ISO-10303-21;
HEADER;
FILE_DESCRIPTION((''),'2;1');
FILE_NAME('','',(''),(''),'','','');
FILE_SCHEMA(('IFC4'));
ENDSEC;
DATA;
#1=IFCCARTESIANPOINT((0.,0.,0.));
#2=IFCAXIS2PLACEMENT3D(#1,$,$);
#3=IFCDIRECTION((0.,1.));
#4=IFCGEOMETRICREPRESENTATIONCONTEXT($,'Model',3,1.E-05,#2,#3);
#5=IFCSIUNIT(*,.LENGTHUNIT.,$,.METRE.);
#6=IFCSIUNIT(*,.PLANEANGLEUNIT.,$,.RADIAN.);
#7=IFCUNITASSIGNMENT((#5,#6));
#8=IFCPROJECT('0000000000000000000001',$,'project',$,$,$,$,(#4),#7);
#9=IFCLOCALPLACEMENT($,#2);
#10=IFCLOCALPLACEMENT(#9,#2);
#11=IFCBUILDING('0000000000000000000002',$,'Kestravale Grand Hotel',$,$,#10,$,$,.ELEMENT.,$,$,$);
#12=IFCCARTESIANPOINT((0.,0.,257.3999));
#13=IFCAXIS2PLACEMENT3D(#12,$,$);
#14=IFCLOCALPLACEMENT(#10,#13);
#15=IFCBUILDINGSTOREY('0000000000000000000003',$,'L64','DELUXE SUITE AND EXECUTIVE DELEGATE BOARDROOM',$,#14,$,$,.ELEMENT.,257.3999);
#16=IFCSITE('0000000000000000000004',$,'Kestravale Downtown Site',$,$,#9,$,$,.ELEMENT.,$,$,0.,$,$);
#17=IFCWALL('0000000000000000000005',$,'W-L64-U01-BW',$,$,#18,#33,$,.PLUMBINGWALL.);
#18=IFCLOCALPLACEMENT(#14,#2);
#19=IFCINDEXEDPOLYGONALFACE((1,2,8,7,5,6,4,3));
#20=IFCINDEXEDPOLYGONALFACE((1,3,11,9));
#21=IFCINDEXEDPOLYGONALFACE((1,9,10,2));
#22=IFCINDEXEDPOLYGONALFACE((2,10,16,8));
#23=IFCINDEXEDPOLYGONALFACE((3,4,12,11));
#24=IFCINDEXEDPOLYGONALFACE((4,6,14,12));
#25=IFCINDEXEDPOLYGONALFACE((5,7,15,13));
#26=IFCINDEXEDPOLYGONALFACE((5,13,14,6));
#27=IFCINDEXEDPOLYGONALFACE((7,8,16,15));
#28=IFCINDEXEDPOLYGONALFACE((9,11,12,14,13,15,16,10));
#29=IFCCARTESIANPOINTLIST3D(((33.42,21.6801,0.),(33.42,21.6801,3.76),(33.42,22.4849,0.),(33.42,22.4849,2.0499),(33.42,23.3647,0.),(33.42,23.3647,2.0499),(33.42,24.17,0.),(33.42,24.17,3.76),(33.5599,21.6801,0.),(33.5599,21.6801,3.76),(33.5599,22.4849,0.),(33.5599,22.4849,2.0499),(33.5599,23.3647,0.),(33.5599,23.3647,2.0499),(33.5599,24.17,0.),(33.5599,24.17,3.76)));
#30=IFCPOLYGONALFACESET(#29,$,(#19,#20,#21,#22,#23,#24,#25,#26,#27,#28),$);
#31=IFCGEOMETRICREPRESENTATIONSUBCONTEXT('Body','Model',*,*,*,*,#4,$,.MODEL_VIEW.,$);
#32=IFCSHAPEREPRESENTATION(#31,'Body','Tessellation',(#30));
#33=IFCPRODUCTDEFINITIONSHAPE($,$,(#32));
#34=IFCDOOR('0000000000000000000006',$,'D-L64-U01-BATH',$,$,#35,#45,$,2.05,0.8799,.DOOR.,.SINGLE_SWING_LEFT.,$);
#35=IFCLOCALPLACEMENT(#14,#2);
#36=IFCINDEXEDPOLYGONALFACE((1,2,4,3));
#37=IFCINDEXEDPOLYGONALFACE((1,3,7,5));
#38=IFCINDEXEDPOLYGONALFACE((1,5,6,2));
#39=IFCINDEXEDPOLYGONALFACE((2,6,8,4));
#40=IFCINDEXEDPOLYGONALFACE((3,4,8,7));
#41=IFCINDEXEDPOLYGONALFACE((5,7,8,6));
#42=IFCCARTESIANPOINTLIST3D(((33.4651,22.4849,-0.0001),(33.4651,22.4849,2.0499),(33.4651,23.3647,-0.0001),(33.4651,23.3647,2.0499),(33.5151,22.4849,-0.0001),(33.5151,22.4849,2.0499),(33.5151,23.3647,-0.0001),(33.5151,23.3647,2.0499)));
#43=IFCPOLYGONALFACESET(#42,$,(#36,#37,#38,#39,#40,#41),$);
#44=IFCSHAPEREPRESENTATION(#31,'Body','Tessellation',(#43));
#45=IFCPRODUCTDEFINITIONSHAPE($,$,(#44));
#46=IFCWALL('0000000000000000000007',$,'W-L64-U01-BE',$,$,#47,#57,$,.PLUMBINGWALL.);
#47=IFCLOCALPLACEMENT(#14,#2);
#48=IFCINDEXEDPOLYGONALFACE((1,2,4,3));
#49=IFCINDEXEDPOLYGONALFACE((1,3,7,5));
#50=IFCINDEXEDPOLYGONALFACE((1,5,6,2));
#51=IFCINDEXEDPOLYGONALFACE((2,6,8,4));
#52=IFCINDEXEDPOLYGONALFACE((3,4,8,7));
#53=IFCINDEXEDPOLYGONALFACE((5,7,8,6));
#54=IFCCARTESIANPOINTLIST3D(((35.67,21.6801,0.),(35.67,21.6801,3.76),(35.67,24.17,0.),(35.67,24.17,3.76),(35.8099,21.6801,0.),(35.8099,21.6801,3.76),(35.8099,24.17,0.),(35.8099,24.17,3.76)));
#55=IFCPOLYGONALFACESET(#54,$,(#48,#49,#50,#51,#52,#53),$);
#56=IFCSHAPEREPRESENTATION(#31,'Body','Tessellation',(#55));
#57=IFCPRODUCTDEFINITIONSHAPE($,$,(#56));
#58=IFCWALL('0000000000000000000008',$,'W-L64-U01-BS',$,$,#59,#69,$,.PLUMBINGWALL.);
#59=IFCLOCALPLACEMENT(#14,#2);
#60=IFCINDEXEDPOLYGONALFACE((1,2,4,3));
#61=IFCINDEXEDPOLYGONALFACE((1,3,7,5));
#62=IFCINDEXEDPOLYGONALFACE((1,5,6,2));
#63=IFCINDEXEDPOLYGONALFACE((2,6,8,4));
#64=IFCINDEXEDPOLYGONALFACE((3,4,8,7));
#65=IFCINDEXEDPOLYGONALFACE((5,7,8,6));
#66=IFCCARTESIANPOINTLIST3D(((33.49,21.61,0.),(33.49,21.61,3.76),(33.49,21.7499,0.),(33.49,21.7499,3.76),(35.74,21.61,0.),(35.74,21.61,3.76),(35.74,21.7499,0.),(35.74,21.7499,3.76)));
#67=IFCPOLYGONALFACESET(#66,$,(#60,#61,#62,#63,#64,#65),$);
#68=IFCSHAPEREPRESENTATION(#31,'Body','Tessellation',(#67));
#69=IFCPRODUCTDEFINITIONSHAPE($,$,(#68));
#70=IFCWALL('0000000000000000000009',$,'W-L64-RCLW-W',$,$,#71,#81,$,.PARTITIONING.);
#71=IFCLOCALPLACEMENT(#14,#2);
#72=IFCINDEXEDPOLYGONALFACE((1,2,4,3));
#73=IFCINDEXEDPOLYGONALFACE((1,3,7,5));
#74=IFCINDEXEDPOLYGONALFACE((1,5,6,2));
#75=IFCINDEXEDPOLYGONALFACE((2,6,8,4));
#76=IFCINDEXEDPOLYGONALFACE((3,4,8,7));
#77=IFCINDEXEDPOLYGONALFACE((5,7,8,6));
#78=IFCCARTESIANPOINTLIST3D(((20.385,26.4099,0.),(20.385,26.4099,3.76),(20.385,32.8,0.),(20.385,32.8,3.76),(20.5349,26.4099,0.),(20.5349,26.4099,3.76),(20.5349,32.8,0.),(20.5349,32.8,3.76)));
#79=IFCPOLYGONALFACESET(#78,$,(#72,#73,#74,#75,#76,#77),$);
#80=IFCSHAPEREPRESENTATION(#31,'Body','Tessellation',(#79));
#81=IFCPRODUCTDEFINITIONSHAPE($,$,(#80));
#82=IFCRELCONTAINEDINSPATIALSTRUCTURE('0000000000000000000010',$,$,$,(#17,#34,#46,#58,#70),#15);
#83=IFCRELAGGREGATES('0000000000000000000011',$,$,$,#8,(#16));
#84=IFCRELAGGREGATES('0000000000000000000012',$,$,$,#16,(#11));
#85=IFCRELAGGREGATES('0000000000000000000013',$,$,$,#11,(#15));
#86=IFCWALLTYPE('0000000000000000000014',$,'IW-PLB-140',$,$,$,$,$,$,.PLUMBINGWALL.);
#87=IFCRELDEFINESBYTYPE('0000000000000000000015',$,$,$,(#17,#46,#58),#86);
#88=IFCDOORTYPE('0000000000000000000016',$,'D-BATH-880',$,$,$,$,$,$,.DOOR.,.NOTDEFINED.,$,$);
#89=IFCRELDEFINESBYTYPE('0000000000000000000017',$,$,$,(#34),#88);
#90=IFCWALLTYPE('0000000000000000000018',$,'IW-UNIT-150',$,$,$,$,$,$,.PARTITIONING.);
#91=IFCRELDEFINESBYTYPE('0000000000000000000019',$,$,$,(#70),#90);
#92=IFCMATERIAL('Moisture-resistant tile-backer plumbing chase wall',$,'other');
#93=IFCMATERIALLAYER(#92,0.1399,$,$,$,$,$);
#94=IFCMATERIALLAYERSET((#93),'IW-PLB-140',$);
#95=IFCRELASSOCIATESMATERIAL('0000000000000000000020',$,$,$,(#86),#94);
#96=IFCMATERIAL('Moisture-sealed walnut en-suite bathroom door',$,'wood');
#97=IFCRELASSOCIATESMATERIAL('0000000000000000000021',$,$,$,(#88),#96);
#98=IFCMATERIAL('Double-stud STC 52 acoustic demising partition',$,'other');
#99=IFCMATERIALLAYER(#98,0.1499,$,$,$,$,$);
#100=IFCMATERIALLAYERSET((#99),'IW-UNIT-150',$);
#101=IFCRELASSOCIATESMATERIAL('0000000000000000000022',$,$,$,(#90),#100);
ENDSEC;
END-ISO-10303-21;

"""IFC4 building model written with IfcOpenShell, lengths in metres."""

from ifc_helpers import new_model, si_unit, direction, frame, frame_2d, origin, place, context, subcontext, project, spatial, rectangle, extrude, material, layer, layer_set, type_object, element, fill, save


model = new_model("IFC4")

# Units and contexts
model_context = context("Model", 3, precision=1e-05, world=origin(), true_north=direction((0.0, 1.0)))
body_context = subcontext(model_context, "Body", "Model", "MODEL_VIEW")
ifc_project = project(units=[si_unit("LENGTHUNIT", "METRE"), si_unit("PLANEANGLEUNIT", "RADIAN")], contexts=[model_context])

# Site, building, storey
site_placement = place(None, origin())
site = spatial("IfcSite", under=ifc_project, at=site_placement, Name="Kestravale Downtown Site", CompositionType="ELEMENT", RefElevation=0.0)
building_placement = place(site_placement, origin())
building = spatial("IfcBuilding", under=site, at=building_placement, Name="Kestravale Grand Hotel", CompositionType="ELEMENT")
storey_placement = place(building_placement, frame((0.0, 0.0, 257.3999)))
storey = spatial("IfcBuildingStorey", under=building, at=storey_placement, Name="L64", Description="DELUXE SUITE AND EXECUTIVE DELEGATE BOARDROOM", CompositionType="ELEMENT", Elevation=257.3999)

# Wall, opening, door
ifc_material_1 = material(Name="Moisture-resistant tile-backer plumbing chase wall", Category="other")
ifc_layer_1 = layer(ifc_material_1, 0.1399)
ifc_layer_set_1 = layer_set([ifc_layer_1], Name="IW-PLB-140")
wall_type_1 = type_object("IfcWallType", Name="IW-PLB-140", PredefinedType="PLUMBINGWALL", material=ifc_layer_set_1)
wall_1_placement = place(storey_placement, frame((33.49, 21.6799, 0.0), z_axis=(0.0, 0.0, 1.0), x_axis=(0.0, 1.0, 0.0)))
wall_1 = element("IfcWall", 1, at=wall_1_placement, inside=storey, type_object=wall_type_1, Name="W-L64-U01-BW", PredefinedType="PLUMBINGWALL", context=body_context, shape_type="SweptSolid", body=[
    extrude(rectangle(XDim=2.49, YDim=0.1399, at=frame_2d((1.2451, 0.0))), origin(), (0.0, 0.0, 1.0), 3.76),
])
opening_1_placement = place(wall_1_placement, frame((0.8049, 0.0, 0.0)))
opening_1 = element("IfcOpeningElement", 2, at=opening_1_placement, cuts=wall_1, PredefinedType="OPENING", context=body_context, shape_type="SweptSolid", body=[
    extrude(rectangle(XDim=0.8799, YDim=2.05, at=frame_2d((0.4399, 1.0249))), frame((0.0, 0.0798, 0.0), z_axis=(0.0, -1.0, 0.0), x_axis=(1.0, 0.0, 0.0)), (0.0, 0.0, 1.0), 0.1599),
])
ifc_material_2 = material(Name="Moisture-sealed walnut en-suite bathroom door", Category="wood")
door_type_1 = type_object("IfcDoorType", Name="D-BATH-880", OperationType="NOTDEFINED", PredefinedType="DOOR", material=ifc_material_2)
door_1_placement = place(opening_1_placement, origin())
door_1 = element("IfcDoor", 3, at=door_1_placement, inside=storey, type_object=door_type_1, Name="D-L64-U01-BATH", OperationType="SINGLE_SWING_LEFT", OverallHeight=2.05, OverallWidth=0.8799, PredefinedType="DOOR", context=body_context, shape_type="SweptSolid", body=[
    extrude(rectangle(XDim=0.8799, YDim=2.05, at=frame_2d((0.4399, 1.0249))), frame((0.0, 0.0249, 0.0), z_axis=(0.0, -1.0, 0.0), x_axis=(1.0, 0.0, 0.0)), (0.0, 0.0, 1.0), 0.05),
])
fill(opening_1, door_1)

# Walls
wall_2_placement = place(storey_placement, frame((35.74, 21.6799, 0.0), z_axis=(0.0, 0.0, 1.0), x_axis=(0.0, 1.0, 0.0)))
element("IfcWall", 4, at=wall_2_placement, inside=storey, type_object=wall_type_1, Name="W-L64-U01-BE", PredefinedType="PLUMBINGWALL", context=body_context, shape_type="SweptSolid", body=[
    extrude(rectangle(XDim=2.49, YDim=0.1399, at=frame_2d((1.2451, 0.0))), origin(), (0.0, 0.0, 1.0), 3.76),
])
wall_3_placement = place(storey_placement, frame((33.49, 21.6799, 0.0), z_axis=(0.0, 0.0, 1.0), x_axis=(1.0, 0.0, 0.0)))
element("IfcWall", 5, at=wall_3_placement, inside=storey, type_object=wall_type_1, Name="W-L64-U01-BS", PredefinedType="PLUMBINGWALL", context=body_context, shape_type="SweptSolid", body=[
    extrude(rectangle(XDim=2.25, YDim=0.1399, at=frame_2d((1.125, 0.0))), origin(), (0.0, 0.0, 1.0), 3.76),
])
ifc_material_3 = material(Name="Double-stud STC 52 acoustic demising partition", Category="other")
ifc_layer_2 = layer(ifc_material_3, 0.1499)
ifc_layer_set_2 = layer_set([ifc_layer_2], Name="IW-UNIT-150")
wall_type_2 = type_object("IfcWallType", Name="IW-UNIT-150", PredefinedType="PARTITIONING", material=ifc_layer_set_2)
wall_4_placement = place(storey_placement, frame((20.46, 26.4099, 0.0), z_axis=(0.0, 0.0, 1.0), x_axis=(0.0, 1.0, 0.0)))
element("IfcWall", 6, at=wall_4_placement, inside=storey, type_object=wall_type_2, Name="W-L64-RCLW-W", PredefinedType="PARTITIONING", context=body_context, shape_type="SweptSolid", body=[
    extrude(rectangle(XDim=6.3901, YDim=0.1499, at=frame_2d((3.1951, 0.0))), origin(), (0.0, 0.0, 1.0), 3.76),
])

save(model, "model.ifc")
